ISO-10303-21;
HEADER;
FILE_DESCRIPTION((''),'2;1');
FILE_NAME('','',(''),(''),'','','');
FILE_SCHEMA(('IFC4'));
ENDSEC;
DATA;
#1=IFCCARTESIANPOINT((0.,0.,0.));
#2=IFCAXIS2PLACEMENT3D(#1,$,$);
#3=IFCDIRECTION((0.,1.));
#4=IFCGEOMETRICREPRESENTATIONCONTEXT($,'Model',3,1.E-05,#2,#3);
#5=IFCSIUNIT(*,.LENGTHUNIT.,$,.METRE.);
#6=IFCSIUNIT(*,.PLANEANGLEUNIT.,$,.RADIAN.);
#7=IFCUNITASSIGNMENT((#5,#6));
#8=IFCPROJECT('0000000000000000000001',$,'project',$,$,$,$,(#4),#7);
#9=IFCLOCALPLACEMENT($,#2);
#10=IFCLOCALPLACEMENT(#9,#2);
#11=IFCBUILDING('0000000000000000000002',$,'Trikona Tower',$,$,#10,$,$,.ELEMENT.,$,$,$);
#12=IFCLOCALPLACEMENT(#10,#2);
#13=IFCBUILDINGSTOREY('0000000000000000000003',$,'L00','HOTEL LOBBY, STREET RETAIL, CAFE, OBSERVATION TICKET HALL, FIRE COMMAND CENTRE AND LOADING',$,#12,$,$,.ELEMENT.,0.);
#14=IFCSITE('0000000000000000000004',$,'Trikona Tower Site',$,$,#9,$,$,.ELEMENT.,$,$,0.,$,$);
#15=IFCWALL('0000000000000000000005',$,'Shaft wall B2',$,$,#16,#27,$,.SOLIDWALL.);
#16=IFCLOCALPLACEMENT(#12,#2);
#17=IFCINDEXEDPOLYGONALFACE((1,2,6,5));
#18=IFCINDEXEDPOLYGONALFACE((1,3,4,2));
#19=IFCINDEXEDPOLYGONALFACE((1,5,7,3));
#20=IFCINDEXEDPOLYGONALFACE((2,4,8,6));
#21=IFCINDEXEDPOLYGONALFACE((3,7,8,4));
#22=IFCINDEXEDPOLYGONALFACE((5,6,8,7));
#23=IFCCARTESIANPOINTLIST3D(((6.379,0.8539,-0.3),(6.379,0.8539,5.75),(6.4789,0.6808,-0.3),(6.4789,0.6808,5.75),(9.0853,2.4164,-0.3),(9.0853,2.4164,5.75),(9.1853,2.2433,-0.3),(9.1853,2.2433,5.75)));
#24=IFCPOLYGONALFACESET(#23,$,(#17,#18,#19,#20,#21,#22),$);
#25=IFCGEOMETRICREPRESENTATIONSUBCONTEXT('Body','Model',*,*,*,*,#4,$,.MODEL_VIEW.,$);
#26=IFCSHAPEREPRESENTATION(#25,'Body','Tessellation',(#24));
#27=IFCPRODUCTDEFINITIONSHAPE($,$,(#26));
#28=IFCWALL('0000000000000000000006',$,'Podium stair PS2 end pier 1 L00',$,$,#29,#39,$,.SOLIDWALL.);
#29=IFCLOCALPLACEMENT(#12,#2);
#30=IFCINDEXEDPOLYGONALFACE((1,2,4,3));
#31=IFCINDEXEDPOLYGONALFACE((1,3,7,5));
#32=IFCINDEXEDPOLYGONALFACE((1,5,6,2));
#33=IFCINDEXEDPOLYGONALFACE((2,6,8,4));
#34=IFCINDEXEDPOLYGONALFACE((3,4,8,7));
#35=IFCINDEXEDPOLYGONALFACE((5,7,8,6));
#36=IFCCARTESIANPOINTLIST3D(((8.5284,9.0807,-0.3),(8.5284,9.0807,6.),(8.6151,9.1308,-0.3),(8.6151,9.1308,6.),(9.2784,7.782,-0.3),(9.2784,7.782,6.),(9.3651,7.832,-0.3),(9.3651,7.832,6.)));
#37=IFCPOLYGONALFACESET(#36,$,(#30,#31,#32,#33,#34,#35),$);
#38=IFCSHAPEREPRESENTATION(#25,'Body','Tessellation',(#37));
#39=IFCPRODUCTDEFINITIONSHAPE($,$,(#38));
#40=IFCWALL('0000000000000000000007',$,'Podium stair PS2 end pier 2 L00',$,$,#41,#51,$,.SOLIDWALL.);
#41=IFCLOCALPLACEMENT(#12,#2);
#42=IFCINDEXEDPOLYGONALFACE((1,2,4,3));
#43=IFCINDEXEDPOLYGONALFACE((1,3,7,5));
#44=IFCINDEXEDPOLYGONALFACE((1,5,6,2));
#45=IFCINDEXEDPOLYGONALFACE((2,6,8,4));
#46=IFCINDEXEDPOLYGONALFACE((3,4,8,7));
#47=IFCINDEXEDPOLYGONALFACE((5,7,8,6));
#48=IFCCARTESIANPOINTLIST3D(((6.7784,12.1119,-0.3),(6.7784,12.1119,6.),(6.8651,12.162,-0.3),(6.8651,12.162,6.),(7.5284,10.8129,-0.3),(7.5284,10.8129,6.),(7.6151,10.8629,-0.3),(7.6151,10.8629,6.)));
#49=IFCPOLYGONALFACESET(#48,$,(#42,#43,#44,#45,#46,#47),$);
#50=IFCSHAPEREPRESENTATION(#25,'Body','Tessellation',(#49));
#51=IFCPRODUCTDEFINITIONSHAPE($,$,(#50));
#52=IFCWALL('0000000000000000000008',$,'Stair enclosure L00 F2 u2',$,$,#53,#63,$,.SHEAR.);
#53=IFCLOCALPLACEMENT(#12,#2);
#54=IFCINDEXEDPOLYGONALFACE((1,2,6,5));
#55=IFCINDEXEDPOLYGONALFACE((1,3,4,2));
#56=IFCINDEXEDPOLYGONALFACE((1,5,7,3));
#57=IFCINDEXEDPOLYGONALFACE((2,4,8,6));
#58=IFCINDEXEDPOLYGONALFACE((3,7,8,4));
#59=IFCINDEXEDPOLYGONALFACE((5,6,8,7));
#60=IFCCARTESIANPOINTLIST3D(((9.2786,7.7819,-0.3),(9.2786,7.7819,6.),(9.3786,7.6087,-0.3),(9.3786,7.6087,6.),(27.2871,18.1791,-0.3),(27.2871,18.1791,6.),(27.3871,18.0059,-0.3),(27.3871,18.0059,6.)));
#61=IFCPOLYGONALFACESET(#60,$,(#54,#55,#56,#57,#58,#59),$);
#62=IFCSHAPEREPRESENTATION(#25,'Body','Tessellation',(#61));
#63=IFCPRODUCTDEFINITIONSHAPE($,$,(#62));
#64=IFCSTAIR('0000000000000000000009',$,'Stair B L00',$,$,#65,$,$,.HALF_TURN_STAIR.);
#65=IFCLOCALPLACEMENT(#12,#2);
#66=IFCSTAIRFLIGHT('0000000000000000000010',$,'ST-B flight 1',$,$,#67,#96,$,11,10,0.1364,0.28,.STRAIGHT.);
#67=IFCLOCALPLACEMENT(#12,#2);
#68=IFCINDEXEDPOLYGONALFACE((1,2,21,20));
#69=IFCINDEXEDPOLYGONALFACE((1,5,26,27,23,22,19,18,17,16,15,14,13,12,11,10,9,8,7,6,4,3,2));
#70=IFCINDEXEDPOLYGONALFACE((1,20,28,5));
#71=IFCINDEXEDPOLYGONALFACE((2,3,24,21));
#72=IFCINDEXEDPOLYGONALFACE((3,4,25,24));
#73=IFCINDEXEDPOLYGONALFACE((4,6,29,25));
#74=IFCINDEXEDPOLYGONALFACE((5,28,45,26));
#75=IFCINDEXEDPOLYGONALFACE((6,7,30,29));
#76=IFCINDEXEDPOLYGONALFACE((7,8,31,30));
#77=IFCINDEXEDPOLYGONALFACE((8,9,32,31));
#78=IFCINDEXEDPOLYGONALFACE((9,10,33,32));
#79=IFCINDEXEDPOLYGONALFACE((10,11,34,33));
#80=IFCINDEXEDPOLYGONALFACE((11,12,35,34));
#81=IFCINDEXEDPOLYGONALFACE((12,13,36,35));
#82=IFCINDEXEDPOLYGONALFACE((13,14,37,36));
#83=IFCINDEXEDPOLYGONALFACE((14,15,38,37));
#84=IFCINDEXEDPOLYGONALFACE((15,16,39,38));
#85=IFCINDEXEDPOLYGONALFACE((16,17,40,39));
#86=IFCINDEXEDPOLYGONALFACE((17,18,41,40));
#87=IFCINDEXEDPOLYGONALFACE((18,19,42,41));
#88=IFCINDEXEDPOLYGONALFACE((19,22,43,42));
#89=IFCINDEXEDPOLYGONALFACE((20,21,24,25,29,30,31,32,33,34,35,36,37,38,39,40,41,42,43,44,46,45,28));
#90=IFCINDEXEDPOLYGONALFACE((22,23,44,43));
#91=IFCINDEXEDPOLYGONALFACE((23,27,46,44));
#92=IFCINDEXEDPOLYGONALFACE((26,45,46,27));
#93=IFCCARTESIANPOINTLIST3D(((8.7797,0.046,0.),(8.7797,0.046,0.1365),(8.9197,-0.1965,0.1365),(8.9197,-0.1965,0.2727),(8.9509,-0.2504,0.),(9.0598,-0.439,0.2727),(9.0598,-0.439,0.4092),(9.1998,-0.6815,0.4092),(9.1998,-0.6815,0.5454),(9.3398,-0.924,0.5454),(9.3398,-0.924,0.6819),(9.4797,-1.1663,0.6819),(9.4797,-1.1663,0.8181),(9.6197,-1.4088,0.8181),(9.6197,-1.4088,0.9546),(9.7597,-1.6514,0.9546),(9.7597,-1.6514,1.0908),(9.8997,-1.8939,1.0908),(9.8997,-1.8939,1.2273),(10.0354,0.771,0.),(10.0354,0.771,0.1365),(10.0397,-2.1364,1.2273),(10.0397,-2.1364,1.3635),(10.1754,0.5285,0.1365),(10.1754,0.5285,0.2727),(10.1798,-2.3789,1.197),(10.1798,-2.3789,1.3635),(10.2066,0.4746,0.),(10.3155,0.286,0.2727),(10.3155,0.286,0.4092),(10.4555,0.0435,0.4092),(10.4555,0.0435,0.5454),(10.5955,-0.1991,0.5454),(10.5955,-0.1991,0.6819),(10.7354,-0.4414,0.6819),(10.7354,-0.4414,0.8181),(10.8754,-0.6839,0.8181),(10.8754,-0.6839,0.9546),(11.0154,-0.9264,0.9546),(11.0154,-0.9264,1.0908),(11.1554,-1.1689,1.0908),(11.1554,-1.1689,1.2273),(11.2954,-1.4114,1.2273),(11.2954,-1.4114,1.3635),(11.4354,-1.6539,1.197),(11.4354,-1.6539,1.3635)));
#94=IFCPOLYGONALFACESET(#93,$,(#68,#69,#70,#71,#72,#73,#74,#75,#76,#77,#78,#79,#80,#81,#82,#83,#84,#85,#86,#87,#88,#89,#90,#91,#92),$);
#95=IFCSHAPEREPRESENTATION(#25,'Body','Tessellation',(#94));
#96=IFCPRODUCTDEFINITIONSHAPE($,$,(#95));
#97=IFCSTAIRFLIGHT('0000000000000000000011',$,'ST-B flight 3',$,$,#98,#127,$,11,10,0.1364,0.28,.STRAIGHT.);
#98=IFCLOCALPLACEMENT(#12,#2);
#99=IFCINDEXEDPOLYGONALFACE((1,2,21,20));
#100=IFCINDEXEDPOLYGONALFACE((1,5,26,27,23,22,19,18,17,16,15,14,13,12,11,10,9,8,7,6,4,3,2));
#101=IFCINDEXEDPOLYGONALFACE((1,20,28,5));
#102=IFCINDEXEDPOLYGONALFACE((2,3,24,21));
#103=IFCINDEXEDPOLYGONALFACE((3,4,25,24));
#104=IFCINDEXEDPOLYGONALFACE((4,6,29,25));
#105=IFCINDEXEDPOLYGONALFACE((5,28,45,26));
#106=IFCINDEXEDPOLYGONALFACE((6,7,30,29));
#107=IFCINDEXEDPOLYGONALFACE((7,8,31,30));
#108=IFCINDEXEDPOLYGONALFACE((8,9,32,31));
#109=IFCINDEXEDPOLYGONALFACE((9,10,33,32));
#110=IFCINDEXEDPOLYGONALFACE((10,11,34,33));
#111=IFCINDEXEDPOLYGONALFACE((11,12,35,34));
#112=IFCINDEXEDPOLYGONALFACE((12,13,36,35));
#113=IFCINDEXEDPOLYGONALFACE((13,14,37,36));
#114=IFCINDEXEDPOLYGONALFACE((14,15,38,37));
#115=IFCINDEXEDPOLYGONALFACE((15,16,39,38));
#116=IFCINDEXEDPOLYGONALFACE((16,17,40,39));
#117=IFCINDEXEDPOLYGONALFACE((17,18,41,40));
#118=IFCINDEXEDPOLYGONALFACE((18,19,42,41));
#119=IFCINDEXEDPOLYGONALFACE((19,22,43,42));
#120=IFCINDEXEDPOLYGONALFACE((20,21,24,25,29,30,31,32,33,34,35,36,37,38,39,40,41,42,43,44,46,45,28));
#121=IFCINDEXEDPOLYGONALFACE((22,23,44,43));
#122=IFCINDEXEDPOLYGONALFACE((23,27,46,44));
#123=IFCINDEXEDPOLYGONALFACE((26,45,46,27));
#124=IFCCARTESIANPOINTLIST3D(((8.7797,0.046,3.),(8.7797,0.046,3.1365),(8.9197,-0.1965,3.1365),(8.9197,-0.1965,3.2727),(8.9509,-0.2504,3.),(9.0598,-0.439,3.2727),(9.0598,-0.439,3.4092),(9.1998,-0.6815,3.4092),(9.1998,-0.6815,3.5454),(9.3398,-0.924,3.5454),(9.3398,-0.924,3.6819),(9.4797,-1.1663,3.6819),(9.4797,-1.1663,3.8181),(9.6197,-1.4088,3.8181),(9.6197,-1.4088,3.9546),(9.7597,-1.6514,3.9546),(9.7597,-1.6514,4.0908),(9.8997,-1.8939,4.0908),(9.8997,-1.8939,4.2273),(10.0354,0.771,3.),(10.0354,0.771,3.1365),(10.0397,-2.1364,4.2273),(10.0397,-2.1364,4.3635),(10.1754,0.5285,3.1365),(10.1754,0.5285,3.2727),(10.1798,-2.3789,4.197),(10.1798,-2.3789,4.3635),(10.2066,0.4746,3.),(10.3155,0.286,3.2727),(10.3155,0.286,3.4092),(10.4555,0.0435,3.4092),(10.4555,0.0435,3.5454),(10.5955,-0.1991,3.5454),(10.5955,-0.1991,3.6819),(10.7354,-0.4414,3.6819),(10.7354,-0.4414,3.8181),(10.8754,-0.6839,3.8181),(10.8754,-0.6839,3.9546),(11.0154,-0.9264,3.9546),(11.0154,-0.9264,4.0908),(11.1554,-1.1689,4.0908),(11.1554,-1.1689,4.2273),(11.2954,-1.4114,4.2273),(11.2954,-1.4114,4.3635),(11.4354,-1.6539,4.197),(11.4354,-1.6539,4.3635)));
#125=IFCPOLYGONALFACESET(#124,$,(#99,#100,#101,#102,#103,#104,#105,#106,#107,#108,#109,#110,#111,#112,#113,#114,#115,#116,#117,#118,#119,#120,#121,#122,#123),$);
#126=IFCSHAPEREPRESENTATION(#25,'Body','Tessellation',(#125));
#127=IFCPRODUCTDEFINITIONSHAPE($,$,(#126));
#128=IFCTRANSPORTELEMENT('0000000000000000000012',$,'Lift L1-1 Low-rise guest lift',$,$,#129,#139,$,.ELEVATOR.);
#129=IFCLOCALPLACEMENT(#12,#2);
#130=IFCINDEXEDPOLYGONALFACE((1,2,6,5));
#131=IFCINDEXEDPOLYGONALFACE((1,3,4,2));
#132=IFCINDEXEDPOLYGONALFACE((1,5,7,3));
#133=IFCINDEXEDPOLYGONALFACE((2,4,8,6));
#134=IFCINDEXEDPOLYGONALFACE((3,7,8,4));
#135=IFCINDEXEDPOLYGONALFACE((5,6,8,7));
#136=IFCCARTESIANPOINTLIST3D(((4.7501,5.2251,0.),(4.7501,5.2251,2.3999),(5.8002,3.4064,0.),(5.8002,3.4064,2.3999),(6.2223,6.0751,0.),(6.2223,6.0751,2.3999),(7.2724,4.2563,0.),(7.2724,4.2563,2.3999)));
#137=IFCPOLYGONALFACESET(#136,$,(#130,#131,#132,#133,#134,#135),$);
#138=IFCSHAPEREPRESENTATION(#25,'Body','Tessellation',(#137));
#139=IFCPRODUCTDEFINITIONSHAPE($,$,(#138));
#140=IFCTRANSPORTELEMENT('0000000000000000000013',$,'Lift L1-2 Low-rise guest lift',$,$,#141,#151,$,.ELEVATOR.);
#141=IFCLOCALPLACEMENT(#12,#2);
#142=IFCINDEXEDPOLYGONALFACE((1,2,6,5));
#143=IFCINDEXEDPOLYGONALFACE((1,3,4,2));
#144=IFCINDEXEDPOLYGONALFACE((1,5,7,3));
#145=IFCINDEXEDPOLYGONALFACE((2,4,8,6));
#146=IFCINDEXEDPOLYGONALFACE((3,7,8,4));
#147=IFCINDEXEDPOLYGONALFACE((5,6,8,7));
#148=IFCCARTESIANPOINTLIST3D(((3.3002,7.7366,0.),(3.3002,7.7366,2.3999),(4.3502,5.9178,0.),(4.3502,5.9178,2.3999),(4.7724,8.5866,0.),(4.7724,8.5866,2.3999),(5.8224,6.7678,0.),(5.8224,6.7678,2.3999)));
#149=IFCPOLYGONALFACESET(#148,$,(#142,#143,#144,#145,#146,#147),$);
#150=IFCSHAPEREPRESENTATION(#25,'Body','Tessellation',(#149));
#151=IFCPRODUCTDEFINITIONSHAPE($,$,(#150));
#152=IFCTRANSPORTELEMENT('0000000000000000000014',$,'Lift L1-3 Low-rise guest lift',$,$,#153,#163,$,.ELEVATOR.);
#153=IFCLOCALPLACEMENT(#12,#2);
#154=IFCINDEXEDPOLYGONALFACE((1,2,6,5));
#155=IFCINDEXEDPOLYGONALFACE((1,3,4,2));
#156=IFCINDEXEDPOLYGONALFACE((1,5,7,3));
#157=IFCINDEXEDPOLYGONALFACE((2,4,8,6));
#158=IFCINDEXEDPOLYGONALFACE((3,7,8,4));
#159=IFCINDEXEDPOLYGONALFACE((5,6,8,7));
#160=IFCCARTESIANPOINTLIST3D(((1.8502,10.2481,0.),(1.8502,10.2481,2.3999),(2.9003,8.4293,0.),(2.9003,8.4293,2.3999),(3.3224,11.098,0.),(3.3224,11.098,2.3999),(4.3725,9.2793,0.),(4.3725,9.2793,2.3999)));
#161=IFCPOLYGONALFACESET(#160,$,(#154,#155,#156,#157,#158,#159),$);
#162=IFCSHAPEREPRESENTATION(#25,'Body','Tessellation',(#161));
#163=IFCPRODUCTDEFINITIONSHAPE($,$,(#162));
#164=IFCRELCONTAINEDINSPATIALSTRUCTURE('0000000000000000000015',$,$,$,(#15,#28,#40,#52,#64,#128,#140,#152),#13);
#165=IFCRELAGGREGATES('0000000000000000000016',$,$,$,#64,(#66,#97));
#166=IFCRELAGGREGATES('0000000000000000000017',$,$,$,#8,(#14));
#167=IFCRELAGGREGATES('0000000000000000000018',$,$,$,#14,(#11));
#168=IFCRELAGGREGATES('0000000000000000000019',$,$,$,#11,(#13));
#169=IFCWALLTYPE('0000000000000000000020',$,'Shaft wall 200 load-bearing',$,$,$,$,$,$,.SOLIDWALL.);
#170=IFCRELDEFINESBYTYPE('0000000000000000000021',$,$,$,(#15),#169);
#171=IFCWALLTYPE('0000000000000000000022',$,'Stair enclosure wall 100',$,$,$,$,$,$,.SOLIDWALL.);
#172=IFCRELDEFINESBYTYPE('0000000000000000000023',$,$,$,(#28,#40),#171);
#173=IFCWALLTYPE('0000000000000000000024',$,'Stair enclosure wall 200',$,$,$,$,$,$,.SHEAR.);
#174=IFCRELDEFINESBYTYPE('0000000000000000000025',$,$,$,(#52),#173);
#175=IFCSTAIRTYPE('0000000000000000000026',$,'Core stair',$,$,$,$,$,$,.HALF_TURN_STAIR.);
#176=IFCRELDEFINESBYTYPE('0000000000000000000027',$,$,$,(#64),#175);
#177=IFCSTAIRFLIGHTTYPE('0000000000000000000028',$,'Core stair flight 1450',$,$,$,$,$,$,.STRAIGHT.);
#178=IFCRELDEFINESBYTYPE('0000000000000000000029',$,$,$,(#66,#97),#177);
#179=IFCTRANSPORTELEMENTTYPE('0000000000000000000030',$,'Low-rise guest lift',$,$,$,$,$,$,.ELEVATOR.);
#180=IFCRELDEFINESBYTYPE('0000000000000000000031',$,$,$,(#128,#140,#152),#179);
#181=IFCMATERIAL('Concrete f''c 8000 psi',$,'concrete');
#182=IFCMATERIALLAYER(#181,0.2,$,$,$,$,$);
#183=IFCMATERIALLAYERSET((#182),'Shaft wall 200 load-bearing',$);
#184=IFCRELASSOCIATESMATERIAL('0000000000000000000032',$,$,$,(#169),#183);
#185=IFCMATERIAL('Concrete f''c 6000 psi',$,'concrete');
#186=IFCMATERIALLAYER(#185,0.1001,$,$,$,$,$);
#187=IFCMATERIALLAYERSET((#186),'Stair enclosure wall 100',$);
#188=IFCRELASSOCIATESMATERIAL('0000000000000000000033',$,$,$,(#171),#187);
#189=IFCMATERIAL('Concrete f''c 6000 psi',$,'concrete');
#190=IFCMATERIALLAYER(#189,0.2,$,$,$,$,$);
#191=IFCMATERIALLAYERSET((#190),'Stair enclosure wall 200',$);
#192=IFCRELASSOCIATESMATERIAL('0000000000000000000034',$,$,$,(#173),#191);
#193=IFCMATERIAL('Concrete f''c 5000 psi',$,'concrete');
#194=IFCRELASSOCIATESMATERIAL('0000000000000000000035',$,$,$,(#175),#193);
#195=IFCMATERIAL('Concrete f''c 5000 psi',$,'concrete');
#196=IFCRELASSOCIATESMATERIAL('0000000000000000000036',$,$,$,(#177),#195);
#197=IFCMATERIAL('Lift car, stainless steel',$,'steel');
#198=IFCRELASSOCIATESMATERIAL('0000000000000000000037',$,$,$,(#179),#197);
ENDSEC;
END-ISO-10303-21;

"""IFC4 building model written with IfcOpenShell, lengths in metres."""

from ifc_helpers import new_model, si_unit, direction, frame, frame_2d, origin, origin_2d, place, context, subcontext, project, spatial, polyline, rectangle, outline, extrude, material, layer, layer_set, type_object, element, aggregate, save


model = new_model("IFC4")

# Units and contexts
model_context = context("Model", 3, precision=1e-05, world=origin(), true_north=direction((0.0, 1.0)))
body_context = subcontext(model_context, "Body", "Model", "MODEL_VIEW")
ifc_project = project(units=[si_unit("LENGTHUNIT", "METRE"), si_unit("PLANEANGLEUNIT", "RADIAN")], contexts=[model_context])

# Site, building, storey
site_placement = place(None, origin())
site = spatial("IfcSite", under=ifc_project, at=site_placement, Name="Trikona Tower Site", CompositionType="ELEMENT", RefElevation=0.0)
building_placement = place(site_placement, origin())
building = spatial("IfcBuilding", under=site, at=building_placement, Name="Trikona Tower", CompositionType="ELEMENT")
storey_placement = place(building_placement, origin())
storey = spatial("IfcBuildingStorey", under=building, at=storey_placement, Name="L00", Description="HOTEL LOBBY, STREET RETAIL, CAFE, OBSERVATION TICKET HALL, FIRE COMMAND CENTRE AND LOADING", CompositionType="ELEMENT", Elevation=0.0)

# Walls
ifc_material_1 = material(Name="Concrete f'c 8000 psi", Category="concrete")
ifc_layer_1 = layer(ifc_material_1, 0.2)
ifc_layer_set_1 = layer_set([ifc_layer_1], Name="Shaft wall 200 load-bearing")
wall_type_1 = type_object("IfcWallType", Name="Shaft wall 200 load-bearing", PredefinedType="SOLIDWALL", material=ifc_layer_set_1)
wall_1_placement = place(storey_placement, frame((6.429, 0.7673, -0.3), z_axis=(0.0, 0.0, 1.0), x_axis=(0.866023, 0.500004, 0.0)))
element("IfcWall", 1, at=wall_1_placement, inside=storey, type_object=wall_type_1, Name="Shaft wall B2", PredefinedType="SOLIDWALL", context=body_context, shape_type="SweptSolid", body=[
    extrude(rectangle(XDim=3.125, YDim=0.2, at=frame_2d((1.5625, 0.0))), origin(), (0.0, 0.0, 1.0), 6.05),
])
ifc_material_2 = material(Name="Concrete f'c 6000 psi", Category="concrete")
ifc_layer_2 = layer(ifc_material_2, 0.1001)
ifc_layer_set_2 = layer_set([ifc_layer_2], Name="Stair enclosure wall 100")
wall_type_2 = type_object("IfcWallType", Name="Stair enclosure wall 100", PredefinedType="SOLIDWALL", material=ifc_layer_set_2)
wall_2_placement = place(storey_placement, frame((9.3218, 7.8069, -0.3), z_axis=(0.0, 0.0, 1.0), x_axis=(-0.500061, 0.86599, 0.0)))
element("IfcWall", 2, at=wall_2_placement, inside=storey, type_object=wall_type_2, Name="Podium stair PS2 end pier 1 L00", PredefinedType="SOLIDWALL", context=body_context, shape_type="SweptSolid", body=[
    extrude(rectangle(XDim=1.4998, YDim=0.1001, at=frame_2d((0.75, 0.0))), origin(), (0.0, 0.0, 1.0), 6.3),
])
wall_3_placement = place(storey_placement, frame((7.5718, 10.8379, -0.3), z_axis=(0.0, 0.0, 1.0), x_axis=(-0.49999, 0.866031, 0.0)))
element("IfcWall", 3, at=wall_3_placement, inside=storey, type_object=wall_type_2, Name="Podium stair PS2 end pier 2 L00", PredefinedType="SOLIDWALL", context=body_context, shape_type="SweptSolid", body=[
    extrude(rectangle(XDim=1.5, YDim=0.1001, at=frame_2d((0.75, 0.0))), origin(), (0.0, 0.0, 1.0), 6.3),
])
ifc_material_3 = material(Name="Concrete f'c 6000 psi", Category="concrete")
ifc_layer_3 = layer(ifc_material_3, 0.2)
ifc_layer_set_3 = layer_set([ifc_layer_3], Name="Stair enclosure wall 200")
wall_type_3 = type_object("IfcWallType", Name="Stair enclosure wall 200", PredefinedType="SHEAR", material=ifc_layer_set_3)
wall_4_placement = place(storey_placement, frame((9.3286, 7.6953, -0.3), z_axis=(0.0, 0.0, 1.0), x_axis=(0.866026, 0.499999, 0.0)))
element("IfcWall", 4, at=wall_4_placement, inside=storey, type_object=wall_type_3, Name="Stair enclosure L00 F2 u2", PredefinedType="SHEAR", context=body_context, shape_type="SweptSolid", body=[
    extrude(rectangle(XDim=20.7944, YDim=0.2, at=frame_2d((10.3972, 0.0))), origin(), (0.0, 0.0, 1.0), 6.3),
])

# Stair, stair flights
ifc_material_4 = material(Name="Concrete f'c 5000 psi", Category="concrete")
stair_type = type_object("IfcStairType", Name="Core stair", PredefinedType="HALF_TURN_STAIR", material=ifc_material_4)
stair_placement = place(storey_placement, origin())
stair = element("IfcStair", 5, at=stair_placement, inside=storey, type_object=stair_type, Name="Stair B L00", PredefinedType="HALF_TURN_STAIR")
ifc_material_5 = material(Name="Concrete f'c 5000 psi", Category="concrete")
stair_flight_type = type_object("IfcStairFlightType", Name="Core stair flight 1450", PredefinedType="STRAIGHT", material=ifc_material_5)
stair_flight_1_placement = place(storey_placement, frame((9.4075, 0.4084, 0.0), z_axis=(0.0, 0.0, 1.0), x_axis=(0.5, -0.866025, 0.0)))
stair_flight_1 = element("IfcStairFlight", 6, at=stair_flight_1_placement, type_object=stair_flight_type, Name="ST-B flight 1", NumberOfRisers=11, NumberOfTreads=10, PredefinedType="STRAIGHT", RiserHeight=0.1364, TreadLength=0.28, context=body_context, shape_type="SweptSolid", body=[
    extrude(outline(polyline([(0.0, 0.0), (0.0, 0.1365), (0.28, 0.1365), (0.28, 0.2727), (0.5601, 0.2727), (0.5601, 0.4092), (0.8401, 0.4092), (0.8401, 0.5454), (1.1201, 0.5454), (1.1201, 0.6819), (1.3999, 0.6819), (1.3999, 0.8181), (1.6799, 0.8181), (1.6799, 0.9546), (1.96, 0.9546), (1.96, 1.0908), (2.24, 1.0908), (2.24, 1.2273), (2.52, 1.2273), (2.52, 1.3635), (2.8, 1.3635), (2.8, 1.5), (2.8, 1.197), (0.3423, 0.0), (0.0, 0.0)])), frame((0.0, 0.7251, 0.0), z_axis=(0.0, -1.0, 0.0), x_axis=(1.0, 0.0, 0.0)), (0.0, 0.0, 1.0), 1.45),
])
stair_flight_2_placement = place(storey_placement, frame((9.4075, 0.4084, 3.0), z_axis=(0.0, 0.0, 1.0), x_axis=(0.5, -0.866025, 0.0)))
stair_flight_2 = element("IfcStairFlight", 7, at=stair_flight_2_placement, type_object=stair_flight_type, Name="ST-B flight 3", NumberOfRisers=11, NumberOfTreads=10, PredefinedType="STRAIGHT", RiserHeight=0.1364, TreadLength=0.28, context=body_context, shape_type="SweptSolid", body=[
    extrude(outline(polyline([(0.0, 0.0), (0.0, 0.1365), (0.28, 0.1365), (0.28, 0.2727), (0.5601, 0.2727), (0.5601, 0.4092), (0.8401, 0.4092), (0.8401, 0.5454), (1.1201, 0.5454), (1.1201, 0.6819), (1.3999, 0.6819), (1.3999, 0.8181), (1.6799, 0.8181), (1.6799, 0.9546), (1.96, 0.9546), (1.96, 1.0908), (2.24, 1.0908), (2.24, 1.2273), (2.52, 1.2273), (2.52, 1.3635), (2.8, 1.3635), (2.8, 1.5), (2.8, 1.197), (0.3423, 0.0), (0.0, 0.0)])), frame((0.0, 0.7251, 0.0), z_axis=(0.0, -1.0, 0.0), x_axis=(1.0, 0.0, 0.0)), (0.0, 0.0, 1.0), 1.45),
])
aggregate(stair, [stair_flight_1, stair_flight_2])

# Transport elements
ifc_material_6 = material(Name="Lift car, stainless steel", Category="steel")
transport_element_type = type_object("IfcTransportElementType", Name="Low-rise guest lift", PredefinedType="ELEVATOR", material=ifc_material_6)
for number, where, z_axis, x_axis, name in (
    (8, (6.0112, 4.7407, 0.0), (0.0, 0.0, 1.0), (-0.5, 0.866025, 0.0), "Lift L1-1 Low-rise guest lift"),
    (9, (4.5613, 7.2522, 0.0), (0.0, 0.0, 1.0), (-0.5, 0.866025, 0.0), "Lift L1-2 Low-rise guest lift"),
    (10, (3.1113, 9.7637, 0.0), (0.0, 0.0, 1.0), (-0.5, 0.866025, 0.0), "Lift L1-3 Low-rise guest lift"),
):
    element("IfcTransportElement", number, at=place(storey_placement, frame(where, z_axis=z_axis, x_axis=x_axis)), inside=storey, type_object=transport_element_type, Name=name, PredefinedType="ELEVATOR", context=body_context, shape_type="SweptSolid", body=[
        extrude(rectangle(XDim=2.1001, YDim=1.7, at=origin_2d()), origin(), (0.0, 0.0, 1.0), 2.3999),
    ])

save(model, "model.ifc")
